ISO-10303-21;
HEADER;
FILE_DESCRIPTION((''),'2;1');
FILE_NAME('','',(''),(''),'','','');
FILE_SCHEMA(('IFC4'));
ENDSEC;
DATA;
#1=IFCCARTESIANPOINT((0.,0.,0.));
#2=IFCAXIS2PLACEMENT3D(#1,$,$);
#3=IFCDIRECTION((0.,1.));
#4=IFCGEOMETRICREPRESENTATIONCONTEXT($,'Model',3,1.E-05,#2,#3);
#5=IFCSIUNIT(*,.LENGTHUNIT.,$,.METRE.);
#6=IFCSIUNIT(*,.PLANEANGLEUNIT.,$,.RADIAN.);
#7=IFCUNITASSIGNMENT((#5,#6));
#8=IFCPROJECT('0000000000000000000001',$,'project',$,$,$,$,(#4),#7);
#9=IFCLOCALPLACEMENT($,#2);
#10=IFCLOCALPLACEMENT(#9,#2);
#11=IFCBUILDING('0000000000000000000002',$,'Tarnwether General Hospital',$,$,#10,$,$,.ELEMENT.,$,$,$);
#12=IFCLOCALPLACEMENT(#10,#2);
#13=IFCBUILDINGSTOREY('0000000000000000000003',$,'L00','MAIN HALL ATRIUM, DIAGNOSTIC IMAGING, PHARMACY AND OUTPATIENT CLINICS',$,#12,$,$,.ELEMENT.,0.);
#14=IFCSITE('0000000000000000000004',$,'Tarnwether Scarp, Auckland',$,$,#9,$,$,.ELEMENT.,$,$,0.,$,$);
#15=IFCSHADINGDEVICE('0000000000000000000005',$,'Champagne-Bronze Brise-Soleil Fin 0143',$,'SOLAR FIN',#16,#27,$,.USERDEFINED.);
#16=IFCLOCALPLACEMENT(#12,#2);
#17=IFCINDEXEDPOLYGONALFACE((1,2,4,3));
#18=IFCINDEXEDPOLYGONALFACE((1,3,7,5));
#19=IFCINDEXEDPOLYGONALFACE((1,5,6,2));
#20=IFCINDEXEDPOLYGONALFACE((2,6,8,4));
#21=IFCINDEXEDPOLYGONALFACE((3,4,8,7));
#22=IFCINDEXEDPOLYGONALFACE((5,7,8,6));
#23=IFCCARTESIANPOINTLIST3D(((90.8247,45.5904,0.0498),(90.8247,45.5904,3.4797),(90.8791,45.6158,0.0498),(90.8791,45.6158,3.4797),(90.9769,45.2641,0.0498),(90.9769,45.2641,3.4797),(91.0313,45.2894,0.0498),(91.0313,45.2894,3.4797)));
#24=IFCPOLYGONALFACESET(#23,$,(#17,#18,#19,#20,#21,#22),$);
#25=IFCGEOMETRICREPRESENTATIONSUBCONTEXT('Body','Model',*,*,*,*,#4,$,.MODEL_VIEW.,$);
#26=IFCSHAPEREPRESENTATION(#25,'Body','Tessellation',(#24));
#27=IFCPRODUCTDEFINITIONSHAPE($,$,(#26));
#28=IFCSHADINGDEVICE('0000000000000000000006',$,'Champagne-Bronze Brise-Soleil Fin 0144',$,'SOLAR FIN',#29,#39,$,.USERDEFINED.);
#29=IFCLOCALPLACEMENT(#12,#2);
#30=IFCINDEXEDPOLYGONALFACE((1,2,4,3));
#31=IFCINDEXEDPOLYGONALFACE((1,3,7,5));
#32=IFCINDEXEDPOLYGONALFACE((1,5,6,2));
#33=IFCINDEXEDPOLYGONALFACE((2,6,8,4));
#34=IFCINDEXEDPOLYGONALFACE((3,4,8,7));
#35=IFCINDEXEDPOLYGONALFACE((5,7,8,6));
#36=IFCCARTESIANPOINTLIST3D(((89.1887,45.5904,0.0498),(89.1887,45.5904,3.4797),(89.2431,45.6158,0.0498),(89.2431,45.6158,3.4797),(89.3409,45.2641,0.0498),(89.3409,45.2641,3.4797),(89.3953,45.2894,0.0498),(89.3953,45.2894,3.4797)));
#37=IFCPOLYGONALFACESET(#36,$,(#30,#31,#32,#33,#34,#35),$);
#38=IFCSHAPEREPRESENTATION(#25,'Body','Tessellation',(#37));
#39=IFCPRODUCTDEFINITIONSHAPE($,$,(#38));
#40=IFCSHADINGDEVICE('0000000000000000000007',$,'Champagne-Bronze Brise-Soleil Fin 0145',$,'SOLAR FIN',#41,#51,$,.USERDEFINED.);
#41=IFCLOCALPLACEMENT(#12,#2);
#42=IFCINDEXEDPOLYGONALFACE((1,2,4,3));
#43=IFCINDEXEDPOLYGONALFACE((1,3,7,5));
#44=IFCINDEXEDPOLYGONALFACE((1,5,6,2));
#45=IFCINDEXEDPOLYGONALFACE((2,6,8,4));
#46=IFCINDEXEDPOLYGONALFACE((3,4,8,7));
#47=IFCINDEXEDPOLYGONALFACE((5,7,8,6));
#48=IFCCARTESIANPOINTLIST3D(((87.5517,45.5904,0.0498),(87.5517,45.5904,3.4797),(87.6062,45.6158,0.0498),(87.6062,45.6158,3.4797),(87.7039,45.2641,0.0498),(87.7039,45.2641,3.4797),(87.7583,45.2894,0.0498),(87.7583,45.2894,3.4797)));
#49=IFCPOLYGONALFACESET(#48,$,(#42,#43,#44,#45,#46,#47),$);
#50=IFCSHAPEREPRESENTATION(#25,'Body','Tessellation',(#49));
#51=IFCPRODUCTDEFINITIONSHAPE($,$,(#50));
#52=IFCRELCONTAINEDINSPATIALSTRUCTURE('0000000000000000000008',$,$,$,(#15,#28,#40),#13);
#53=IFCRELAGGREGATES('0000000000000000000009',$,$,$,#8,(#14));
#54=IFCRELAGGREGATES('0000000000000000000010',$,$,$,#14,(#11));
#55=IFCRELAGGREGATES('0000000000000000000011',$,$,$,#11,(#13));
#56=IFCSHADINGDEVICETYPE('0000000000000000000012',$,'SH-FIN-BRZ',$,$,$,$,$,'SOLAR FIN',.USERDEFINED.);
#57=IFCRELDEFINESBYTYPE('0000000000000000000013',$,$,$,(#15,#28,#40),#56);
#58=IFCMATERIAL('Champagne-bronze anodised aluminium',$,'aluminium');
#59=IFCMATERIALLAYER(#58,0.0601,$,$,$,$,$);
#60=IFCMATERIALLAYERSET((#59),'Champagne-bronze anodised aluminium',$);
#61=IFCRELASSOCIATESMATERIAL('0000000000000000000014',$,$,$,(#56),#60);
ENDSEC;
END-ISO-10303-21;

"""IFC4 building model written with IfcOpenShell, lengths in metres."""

from ifc_helpers import new_model, si_unit, direction, frame, origin, origin_2d, place, context, subcontext, project, spatial, rectangle, extrude, material, layer, layer_set, type_object, element, save


model = new_model("IFC4")

# Units and contexts
model_context = context("Model", 3, precision=1e-05, world=origin(), true_north=direction((0.0, 1.0)))
body_context = subcontext(model_context, "Body", "Model", "MODEL_VIEW")
ifc_project = project(units=[si_unit("LENGTHUNIT", "METRE"), si_unit("PLANEANGLEUNIT", "RADIAN")], contexts=[model_context])

# Site, building, storey
site_placement = place(None, origin())
site = spatial("IfcSite", under=ifc_project, at=site_placement, Name="Tarnwether Scarp, Auckland", CompositionType="ELEMENT", RefElevation=0.0)
building_placement = place(site_placement, origin())
building = spatial("IfcBuilding", under=site, at=building_placement, Name="Tarnwether General Hospital", CompositionType="ELEMENT")
storey_placement = place(building_placement, origin())
storey = spatial("IfcBuildingStorey", under=building, at=storey_placement, Name="L00", Description="MAIN HALL ATRIUM, DIAGNOSTIC IMAGING, PHARMACY AND OUTPATIENT CLINICS", CompositionType="ELEMENT", Elevation=0.0)

# Shading devices
ifc_material_1 = material(Name="Champagne-bronze anodised aluminium", Category="aluminium")
ifc_layer_1 = layer(ifc_material_1, 0.0601)
ifc_layer_set_1 = layer_set([ifc_layer_1], Name="Champagne-bronze anodised aluminium")
shading_device_type = type_object("IfcShadingDeviceType", Name="SH-FIN-BRZ", ElementType="SOLAR FIN", PredefinedType="USERDEFINED", material=ifc_layer_set_1)
for number, where, z_axis, x_axis, name in (
    (1, (90.928, 45.4399, 0.0498), (0.0, 0.0, 1.0), (-0.906308, -0.422618, 0.0), "Champagne-Bronze Brise-Soleil Fin 0143"),
    (2, (89.292, 45.4399, 0.0498), (0.0, 0.0, 1.0), (-0.906308, -0.422618, 0.0), "Champagne-Bronze Brise-Soleil Fin 0144"),
    (3, (87.655, 45.4399, 0.0498), (0.0, 0.0, 1.0), (-0.906308, -0.422618, 0.0), "Champagne-Bronze Brise-Soleil Fin 0145"),
):
    element("IfcShadingDevice", number, at=place(storey_placement, frame(where, z_axis=z_axis, x_axis=x_axis)), inside=storey, type_object=shading_device_type, Name=name, ObjectType="SOLAR FIN", PredefinedType="USERDEFINED", context=body_context, shape_type="SweptSolid", body=[
        extrude(rectangle(XDim=0.0601, YDim=0.3601, at=origin_2d()), origin(), (0.0, 0.0, 1.0), 3.4299),
    ])

save(model, "model.ifc")
